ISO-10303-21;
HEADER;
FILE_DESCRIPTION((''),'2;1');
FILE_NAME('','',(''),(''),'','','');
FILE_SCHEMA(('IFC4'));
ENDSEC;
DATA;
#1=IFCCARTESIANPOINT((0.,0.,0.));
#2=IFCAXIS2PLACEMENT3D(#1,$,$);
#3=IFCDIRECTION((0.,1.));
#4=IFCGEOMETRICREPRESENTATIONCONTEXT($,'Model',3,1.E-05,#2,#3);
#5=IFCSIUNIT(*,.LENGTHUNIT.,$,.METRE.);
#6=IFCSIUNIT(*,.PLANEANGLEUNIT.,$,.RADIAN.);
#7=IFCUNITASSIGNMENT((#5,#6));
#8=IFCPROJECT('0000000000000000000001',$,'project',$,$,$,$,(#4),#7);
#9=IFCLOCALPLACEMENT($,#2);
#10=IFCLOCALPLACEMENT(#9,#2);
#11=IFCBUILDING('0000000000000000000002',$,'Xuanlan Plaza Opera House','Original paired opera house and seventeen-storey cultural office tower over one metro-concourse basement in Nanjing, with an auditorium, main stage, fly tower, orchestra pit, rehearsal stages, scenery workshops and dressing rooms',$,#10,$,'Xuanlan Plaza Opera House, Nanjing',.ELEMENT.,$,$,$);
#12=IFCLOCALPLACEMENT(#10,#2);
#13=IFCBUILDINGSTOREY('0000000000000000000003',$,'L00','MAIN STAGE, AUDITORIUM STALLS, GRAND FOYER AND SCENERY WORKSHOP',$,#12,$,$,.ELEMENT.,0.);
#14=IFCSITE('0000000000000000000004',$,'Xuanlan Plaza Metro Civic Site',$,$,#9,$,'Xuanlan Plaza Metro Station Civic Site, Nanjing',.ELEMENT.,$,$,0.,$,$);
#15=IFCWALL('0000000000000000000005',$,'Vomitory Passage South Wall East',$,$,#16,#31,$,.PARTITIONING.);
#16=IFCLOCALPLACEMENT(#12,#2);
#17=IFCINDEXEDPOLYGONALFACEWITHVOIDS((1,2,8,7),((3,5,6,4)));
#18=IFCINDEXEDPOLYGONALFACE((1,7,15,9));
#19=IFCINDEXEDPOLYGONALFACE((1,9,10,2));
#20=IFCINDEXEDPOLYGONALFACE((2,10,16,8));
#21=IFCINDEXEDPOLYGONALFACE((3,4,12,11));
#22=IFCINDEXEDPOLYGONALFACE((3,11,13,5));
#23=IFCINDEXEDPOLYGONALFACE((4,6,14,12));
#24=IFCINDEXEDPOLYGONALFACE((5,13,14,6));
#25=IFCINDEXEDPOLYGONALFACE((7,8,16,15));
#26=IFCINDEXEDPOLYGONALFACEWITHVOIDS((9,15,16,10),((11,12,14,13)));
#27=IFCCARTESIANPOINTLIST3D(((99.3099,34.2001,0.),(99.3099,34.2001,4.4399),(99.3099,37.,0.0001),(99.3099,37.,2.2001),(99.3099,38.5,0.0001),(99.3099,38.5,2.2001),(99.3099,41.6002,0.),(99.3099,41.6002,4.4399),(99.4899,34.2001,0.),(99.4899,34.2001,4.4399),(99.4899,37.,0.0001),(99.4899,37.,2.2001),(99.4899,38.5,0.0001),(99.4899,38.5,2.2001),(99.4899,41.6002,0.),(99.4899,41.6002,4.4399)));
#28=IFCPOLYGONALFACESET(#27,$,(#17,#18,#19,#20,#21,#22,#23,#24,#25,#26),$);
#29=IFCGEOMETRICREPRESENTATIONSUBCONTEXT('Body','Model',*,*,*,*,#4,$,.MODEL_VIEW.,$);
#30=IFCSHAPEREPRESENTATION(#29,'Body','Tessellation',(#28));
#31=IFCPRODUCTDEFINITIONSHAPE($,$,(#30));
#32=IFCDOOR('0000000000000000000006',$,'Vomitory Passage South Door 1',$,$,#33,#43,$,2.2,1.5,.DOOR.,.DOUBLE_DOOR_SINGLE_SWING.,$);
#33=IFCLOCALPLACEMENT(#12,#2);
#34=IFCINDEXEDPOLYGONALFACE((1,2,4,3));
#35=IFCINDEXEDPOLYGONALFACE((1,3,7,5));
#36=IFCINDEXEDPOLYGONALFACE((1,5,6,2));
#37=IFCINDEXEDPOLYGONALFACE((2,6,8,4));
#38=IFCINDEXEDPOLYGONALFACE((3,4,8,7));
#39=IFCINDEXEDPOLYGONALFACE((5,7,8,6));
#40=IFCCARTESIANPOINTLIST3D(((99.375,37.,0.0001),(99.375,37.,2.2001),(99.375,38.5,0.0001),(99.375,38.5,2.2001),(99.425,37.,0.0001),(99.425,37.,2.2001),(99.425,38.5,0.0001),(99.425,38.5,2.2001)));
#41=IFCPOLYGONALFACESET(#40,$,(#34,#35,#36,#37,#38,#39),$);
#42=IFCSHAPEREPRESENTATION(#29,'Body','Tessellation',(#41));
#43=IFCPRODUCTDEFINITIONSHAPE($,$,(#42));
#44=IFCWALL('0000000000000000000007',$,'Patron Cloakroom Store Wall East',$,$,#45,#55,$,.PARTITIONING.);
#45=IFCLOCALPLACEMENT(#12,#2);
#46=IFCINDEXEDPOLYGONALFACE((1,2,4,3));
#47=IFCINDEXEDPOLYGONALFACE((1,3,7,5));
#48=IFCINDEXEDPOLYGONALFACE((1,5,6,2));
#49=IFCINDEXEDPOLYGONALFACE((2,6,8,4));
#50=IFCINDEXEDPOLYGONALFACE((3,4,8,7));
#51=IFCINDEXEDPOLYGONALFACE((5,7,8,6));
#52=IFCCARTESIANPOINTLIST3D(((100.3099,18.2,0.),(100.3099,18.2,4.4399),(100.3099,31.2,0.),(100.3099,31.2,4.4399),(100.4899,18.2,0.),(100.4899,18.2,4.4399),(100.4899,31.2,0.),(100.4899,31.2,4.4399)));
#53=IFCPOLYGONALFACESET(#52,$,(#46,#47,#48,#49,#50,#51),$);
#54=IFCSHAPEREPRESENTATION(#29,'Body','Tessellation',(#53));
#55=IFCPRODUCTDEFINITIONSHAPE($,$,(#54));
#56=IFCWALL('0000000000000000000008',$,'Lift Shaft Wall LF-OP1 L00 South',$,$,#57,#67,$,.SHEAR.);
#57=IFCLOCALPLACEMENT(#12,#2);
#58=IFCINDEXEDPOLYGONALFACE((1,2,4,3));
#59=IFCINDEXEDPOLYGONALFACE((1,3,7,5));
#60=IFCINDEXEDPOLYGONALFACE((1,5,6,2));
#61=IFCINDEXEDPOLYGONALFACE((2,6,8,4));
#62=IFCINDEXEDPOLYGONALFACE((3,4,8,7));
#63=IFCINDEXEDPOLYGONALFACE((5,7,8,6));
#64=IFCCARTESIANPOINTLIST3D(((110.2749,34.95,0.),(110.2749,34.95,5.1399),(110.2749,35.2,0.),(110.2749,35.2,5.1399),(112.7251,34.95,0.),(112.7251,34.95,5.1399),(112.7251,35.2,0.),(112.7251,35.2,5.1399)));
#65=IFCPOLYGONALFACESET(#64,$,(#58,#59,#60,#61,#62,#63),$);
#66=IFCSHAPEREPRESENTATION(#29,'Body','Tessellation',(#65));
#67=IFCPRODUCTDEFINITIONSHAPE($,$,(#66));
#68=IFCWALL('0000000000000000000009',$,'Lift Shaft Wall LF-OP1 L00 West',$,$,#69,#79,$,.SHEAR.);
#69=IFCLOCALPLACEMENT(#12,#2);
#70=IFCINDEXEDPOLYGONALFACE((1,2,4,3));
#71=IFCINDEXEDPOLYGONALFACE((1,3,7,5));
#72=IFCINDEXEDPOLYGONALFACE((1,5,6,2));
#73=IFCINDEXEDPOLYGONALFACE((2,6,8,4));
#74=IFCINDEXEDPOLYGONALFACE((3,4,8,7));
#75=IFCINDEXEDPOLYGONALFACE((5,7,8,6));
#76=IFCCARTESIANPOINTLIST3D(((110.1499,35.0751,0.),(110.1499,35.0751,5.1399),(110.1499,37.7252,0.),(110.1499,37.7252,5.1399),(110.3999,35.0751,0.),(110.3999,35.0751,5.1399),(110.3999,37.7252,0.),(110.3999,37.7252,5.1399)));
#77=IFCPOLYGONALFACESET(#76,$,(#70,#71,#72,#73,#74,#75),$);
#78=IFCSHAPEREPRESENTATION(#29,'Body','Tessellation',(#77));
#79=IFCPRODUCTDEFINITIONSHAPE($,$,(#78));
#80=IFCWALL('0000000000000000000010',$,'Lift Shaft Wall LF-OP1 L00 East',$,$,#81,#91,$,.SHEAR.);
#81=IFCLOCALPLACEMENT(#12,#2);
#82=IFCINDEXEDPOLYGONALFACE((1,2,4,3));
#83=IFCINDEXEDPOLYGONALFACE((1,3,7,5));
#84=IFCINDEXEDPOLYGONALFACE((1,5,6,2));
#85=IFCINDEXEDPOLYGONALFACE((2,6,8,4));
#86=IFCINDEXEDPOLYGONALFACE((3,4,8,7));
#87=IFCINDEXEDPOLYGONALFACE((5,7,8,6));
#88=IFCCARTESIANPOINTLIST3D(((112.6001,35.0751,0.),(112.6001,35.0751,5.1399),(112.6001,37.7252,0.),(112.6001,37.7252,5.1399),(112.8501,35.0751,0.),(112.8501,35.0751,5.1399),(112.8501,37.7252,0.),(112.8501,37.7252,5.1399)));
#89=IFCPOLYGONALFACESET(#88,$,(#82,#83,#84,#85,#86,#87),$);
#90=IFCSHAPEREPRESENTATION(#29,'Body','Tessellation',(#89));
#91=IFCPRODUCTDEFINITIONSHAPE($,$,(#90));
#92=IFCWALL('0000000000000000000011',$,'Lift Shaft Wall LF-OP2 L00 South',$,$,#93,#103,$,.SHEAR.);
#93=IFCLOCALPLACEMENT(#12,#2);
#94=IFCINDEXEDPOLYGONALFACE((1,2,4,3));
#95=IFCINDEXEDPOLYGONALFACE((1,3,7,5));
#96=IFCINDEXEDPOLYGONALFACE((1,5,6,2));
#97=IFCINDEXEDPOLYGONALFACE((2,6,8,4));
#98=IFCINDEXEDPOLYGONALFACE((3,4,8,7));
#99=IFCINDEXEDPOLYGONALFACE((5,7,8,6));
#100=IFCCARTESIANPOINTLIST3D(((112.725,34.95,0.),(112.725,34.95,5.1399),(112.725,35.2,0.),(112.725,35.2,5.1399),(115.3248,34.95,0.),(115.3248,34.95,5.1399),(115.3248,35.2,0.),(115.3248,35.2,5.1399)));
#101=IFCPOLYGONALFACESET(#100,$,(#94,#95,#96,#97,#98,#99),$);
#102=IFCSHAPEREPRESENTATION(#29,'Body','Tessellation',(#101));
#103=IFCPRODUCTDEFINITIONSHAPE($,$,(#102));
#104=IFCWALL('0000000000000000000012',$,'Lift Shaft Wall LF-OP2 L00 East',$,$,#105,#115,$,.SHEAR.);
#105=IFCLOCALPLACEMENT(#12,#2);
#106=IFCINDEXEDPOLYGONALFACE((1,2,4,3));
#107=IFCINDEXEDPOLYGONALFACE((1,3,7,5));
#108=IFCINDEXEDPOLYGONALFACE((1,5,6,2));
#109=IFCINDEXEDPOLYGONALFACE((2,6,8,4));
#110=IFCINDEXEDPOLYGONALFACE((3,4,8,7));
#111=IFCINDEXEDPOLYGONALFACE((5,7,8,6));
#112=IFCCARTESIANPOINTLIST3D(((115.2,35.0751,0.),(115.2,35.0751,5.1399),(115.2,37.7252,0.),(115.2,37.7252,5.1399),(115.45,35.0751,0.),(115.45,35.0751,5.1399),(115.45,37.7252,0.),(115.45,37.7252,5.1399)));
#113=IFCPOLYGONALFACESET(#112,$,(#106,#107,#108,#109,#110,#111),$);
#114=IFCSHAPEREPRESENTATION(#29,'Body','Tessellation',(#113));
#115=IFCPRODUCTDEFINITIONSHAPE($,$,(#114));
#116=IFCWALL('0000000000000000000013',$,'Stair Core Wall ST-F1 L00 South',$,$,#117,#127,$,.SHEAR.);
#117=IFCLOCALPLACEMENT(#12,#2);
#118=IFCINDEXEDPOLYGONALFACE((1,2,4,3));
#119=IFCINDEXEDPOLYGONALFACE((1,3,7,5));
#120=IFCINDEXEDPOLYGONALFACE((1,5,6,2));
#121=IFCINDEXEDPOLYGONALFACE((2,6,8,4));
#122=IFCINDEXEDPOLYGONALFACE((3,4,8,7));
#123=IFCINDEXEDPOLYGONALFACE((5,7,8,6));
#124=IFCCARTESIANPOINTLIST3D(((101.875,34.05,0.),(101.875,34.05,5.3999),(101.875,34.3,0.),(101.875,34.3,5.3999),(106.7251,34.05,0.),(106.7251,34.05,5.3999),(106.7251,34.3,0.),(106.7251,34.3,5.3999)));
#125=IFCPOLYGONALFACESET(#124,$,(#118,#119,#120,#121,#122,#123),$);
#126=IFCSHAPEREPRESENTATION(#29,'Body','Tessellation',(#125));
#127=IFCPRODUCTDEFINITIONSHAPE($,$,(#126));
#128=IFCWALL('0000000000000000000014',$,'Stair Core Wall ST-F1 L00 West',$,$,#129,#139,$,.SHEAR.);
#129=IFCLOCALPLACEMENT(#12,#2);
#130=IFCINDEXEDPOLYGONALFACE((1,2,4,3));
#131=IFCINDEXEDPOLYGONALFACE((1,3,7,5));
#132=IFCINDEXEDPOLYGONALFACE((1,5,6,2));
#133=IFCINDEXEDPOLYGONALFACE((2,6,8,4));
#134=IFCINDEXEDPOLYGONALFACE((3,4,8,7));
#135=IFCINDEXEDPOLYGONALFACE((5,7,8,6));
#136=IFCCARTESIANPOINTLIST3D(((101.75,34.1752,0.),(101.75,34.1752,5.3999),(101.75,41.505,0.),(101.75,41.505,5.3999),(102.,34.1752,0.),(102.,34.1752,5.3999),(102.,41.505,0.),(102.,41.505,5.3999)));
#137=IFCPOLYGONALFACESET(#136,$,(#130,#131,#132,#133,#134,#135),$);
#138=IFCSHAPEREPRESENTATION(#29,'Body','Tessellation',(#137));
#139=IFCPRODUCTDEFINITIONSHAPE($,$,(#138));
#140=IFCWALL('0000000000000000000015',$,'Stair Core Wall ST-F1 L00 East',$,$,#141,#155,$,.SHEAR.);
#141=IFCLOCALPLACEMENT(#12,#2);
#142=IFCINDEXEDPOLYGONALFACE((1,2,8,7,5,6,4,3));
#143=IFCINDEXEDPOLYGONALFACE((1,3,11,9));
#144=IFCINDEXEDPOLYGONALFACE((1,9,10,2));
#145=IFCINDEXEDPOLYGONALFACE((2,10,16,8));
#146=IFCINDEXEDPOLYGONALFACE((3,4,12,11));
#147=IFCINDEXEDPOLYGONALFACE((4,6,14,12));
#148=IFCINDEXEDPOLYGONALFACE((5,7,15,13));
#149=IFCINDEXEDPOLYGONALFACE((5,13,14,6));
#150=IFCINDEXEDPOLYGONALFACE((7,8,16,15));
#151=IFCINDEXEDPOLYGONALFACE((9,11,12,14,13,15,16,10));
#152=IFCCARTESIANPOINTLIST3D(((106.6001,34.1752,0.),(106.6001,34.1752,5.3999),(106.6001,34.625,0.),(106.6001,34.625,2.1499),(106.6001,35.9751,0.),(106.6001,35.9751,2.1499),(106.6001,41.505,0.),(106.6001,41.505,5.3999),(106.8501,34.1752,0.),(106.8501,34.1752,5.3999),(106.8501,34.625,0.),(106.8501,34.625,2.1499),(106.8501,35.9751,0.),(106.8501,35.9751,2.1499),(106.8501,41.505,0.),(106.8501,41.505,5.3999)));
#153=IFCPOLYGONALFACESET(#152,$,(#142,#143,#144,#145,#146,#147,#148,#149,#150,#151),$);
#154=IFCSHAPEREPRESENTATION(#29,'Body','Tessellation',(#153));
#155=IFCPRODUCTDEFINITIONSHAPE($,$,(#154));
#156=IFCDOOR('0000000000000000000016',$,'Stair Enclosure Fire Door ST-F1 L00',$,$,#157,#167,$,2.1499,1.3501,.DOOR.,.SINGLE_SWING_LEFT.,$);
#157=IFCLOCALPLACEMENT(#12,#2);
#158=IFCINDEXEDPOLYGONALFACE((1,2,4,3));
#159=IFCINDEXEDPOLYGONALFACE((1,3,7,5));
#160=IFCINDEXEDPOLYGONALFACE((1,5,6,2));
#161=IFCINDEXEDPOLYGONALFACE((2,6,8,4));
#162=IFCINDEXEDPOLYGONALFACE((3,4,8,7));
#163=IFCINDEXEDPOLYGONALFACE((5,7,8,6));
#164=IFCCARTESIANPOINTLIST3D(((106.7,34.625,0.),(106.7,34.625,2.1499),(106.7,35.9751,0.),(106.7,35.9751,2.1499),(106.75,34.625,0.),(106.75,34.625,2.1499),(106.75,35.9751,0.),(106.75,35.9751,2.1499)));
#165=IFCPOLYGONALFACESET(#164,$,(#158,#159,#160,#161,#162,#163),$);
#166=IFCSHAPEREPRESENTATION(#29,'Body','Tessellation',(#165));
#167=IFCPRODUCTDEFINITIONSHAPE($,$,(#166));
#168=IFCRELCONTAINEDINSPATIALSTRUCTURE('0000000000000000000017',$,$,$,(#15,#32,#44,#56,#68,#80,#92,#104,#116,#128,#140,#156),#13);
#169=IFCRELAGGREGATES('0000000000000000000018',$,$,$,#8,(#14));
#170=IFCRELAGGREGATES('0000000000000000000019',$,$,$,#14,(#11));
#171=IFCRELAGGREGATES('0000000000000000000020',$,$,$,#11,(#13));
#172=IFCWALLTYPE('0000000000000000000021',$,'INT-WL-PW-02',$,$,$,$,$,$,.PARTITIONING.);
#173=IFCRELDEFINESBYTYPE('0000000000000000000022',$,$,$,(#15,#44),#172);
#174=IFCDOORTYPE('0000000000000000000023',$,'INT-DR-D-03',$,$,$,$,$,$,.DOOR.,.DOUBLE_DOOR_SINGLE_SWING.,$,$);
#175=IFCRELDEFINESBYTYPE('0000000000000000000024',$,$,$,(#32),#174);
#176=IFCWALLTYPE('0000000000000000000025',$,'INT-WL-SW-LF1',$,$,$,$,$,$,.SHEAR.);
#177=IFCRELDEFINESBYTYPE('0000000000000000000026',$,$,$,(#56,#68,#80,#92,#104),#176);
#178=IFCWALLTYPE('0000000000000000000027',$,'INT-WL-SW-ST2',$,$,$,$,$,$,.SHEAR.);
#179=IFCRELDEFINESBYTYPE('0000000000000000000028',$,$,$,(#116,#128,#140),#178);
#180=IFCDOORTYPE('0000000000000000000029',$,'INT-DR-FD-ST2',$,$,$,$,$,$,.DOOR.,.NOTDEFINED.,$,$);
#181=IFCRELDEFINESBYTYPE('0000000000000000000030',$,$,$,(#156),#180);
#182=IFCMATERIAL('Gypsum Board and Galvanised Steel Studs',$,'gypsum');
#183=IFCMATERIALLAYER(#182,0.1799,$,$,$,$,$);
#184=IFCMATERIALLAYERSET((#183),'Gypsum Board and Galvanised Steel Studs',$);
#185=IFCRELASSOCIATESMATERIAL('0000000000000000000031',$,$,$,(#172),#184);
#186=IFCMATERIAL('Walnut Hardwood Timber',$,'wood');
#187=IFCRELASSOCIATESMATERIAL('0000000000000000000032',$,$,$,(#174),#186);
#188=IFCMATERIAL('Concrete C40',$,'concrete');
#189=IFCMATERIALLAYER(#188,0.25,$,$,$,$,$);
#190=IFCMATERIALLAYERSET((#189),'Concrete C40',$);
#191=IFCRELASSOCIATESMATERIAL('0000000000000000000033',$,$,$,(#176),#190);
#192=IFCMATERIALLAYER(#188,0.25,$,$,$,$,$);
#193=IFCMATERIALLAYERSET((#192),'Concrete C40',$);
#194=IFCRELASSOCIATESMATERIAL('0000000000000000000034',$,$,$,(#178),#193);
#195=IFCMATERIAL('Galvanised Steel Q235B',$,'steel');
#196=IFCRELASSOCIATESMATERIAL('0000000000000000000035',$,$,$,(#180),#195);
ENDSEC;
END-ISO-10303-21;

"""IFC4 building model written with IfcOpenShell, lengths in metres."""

from ifc_helpers import new_model, si_unit, direction, frame, frame_2d, origin, place, context, subcontext, project, spatial, rectangle, extrude, material, layer, layer_set, type_object, element, fill, save


model = new_model("IFC4")

# Units and contexts
model_context = context("Model", 3, precision=1e-05, world=origin(), true_north=direction((0.0, 1.0)))
body_context = subcontext(model_context, "Body", "Model", "MODEL_VIEW")
ifc_project = project(units=[si_unit("LENGTHUNIT", "METRE"), si_unit("PLANEANGLEUNIT", "RADIAN")], contexts=[model_context])

# Site, building, storey
site_placement = place(None, origin())
site = spatial("IfcSite", under=ifc_project, at=site_placement, Name="Xuanlan Plaza Metro Civic Site", LongName="Xuanlan Plaza Metro Station Civic Site, Nanjing", CompositionType="ELEMENT", RefElevation=0.0)
building_placement = place(site_placement, origin())
building = spatial("IfcBuilding", under=site, at=building_placement, Name="Xuanlan Plaza Opera House", Description="Original paired opera house and seventeen-storey cultural office tower over one metro-concourse basement in Nanjing, with an auditorium, main stage, fly tower, orchestra pit, rehearsal stages, scenery workshops and dressing rooms", LongName="Xuanlan Plaza Opera House, Nanjing", CompositionType="ELEMENT")
storey_placement = place(building_placement, origin())
storey = spatial("IfcBuildingStorey", under=building, at=storey_placement, Name="L00", Description="MAIN STAGE, AUDITORIUM STALLS, GRAND FOYER AND SCENERY WORKSHOP", CompositionType="ELEMENT", Elevation=0.0)

# Shared definitions
ifc_material_1 = material(Name="Concrete C40", Category="concrete")

# Shared definitions
ifc_material_2 = material(Name="Gypsum Board and Galvanised Steel Studs", Category="gypsum")
ifc_layer_1 = layer(ifc_material_2, 0.1799)
ifc_layer_set_1 = layer_set([ifc_layer_1], Name="Gypsum Board and Galvanised Steel Studs")
wall_type_1 = type_object("IfcWallType", Name="INT-WL-PW-02", PredefinedType="PARTITIONING", material=ifc_layer_set_1)

# Wall, opening, door
wall_1_placement = place(storey_placement, frame((99.3999, 34.2, 0.0), z_axis=(0.0, 0.0, 1.0), x_axis=(0.0, 1.0, 0.0)))
wall_1 = element("IfcWall", 1, at=wall_1_placement, inside=storey, type_object=wall_type_1, Name="Vomitory Passage South Wall East", PredefinedType="PARTITIONING", context=body_context, shape_type="SweptSolid", body=[
    extrude(rectangle(XDim=7.4001, YDim=0.1799, at=frame_2d((3.7002, 0.0))), origin(), (0.0, 0.0, 1.0), 4.4399),
])
opening_1_placement = place(wall_1_placement, frame((2.8, 0.0, 0.0)))
opening_1 = element("IfcOpeningElement", 2, at=opening_1_placement, cuts=wall_1, PredefinedType="OPENING", context=body_context, shape_type="SweptSolid", body=[
    extrude(rectangle(XDim=1.5, YDim=2.2, at=frame_2d((0.75, 1.1001))), frame((0.0, 0.0999, 0.0), z_axis=(0.0, -1.0, 0.0), x_axis=(1.0, 0.0, 0.0)), (0.0, 0.0, 1.0), 0.2),
])
ifc_material_3 = material(Name="Walnut Hardwood Timber", Category="wood")
door_type_1 = type_object("IfcDoorType", Name="INT-DR-D-03", OperationType="DOUBLE_DOOR_SINGLE_SWING", PredefinedType="DOOR", material=ifc_material_3)
door_1_placement = place(opening_1_placement, origin())
door_1 = element("IfcDoor", 3, at=door_1_placement, inside=storey, type_object=door_type_1, Name="Vomitory Passage South Door 1", OperationType="DOUBLE_DOOR_SINGLE_SWING", OverallHeight=2.2, OverallWidth=1.5, PredefinedType="DOOR", context=body_context, shape_type="SweptSolid", body=[
    extrude(rectangle(XDim=1.5, YDim=2.2, at=frame_2d((0.75, 1.1001))), frame((0.0, 0.0249, 0.0), z_axis=(0.0, -1.0, 0.0), x_axis=(1.0, 0.0, 0.0)), (0.0, 0.0, 1.0), 0.05),
])
fill(opening_1, door_1)

# Walls
wall_2_placement = place(storey_placement, frame((100.3999, 18.2, 0.0), z_axis=(0.0, 0.0, 1.0), x_axis=(0.0, 1.0, 0.0)))
element("IfcWall", 4, at=wall_2_placement, inside=storey, type_object=wall_type_1, Name="Patron Cloakroom Store Wall East", PredefinedType="PARTITIONING", context=body_context, shape_type="SweptSolid", body=[
    extrude(rectangle(XDim=13.0, YDim=0.1799, at=frame_2d((6.5, 0.0))), origin(), (0.0, 0.0, 1.0), 4.4399),
])
ifc_layer_2 = layer(ifc_material_1, 0.25)
ifc_layer_set_2 = layer_set([ifc_layer_2], Name="Concrete C40")
wall_type_2 = type_object("IfcWallType", Name="INT-WL-SW-LF1", PredefinedType="SHEAR", material=ifc_layer_set_2)
wall_3_placement = place(storey_placement, frame((110.2749, 35.075, 0.0), z_axis=(0.0, 0.0, 1.0), x_axis=(1.0, 0.0, 0.0)))
element("IfcWall", 5, at=wall_3_placement, inside=storey, type_object=wall_type_2, Name="Lift Shaft Wall LF-OP1 L00 South", PredefinedType="SHEAR", context=body_context, shape_type="SweptSolid", body=[
    extrude(rectangle(XDim=2.4502, YDim=0.25, at=frame_2d((1.2251, 0.0))), origin(), (0.0, 0.0, 1.0), 5.1399),
])
for number, where, z_axis, x_axis, name in (
    (6, (110.2749, 35.075, 0.0), (0.0, 0.0, 1.0), (0.0, 1.0, 0.0), "Lift Shaft Wall LF-OP1 L00 West"),
    (7, (112.7251, 35.075, 0.0), (0.0, 0.0, 1.0), (0.0, 1.0, 0.0), "Lift Shaft Wall LF-OP1 L00 East"),
):
    element("IfcWall", number, at=place(storey_placement, frame(where, z_axis=z_axis, x_axis=x_axis)), inside=storey, type_object=wall_type_2, Name=name, PredefinedType="SHEAR", context=body_context, shape_type="SweptSolid", body=[
        extrude(rectangle(XDim=2.6501, YDim=0.25, at=frame_2d((1.3252, 0.0))), origin(), (0.0, 0.0, 1.0), 5.1399),
    ])
wall_4_placement = place(storey_placement, frame((112.7251, 35.075, 0.0), z_axis=(0.0, 0.0, 1.0), x_axis=(1.0, 0.0, 0.0)))
element("IfcWall", 8, at=wall_4_placement, inside=storey, type_object=wall_type_2, Name="Lift Shaft Wall LF-OP2 L00 South", PredefinedType="SHEAR", context=body_context, shape_type="SweptSolid", body=[
    extrude(rectangle(XDim=2.5999, YDim=0.25, at=frame_2d((1.2998, 0.0))), origin(), (0.0, 0.0, 1.0), 5.1399),
])
wall_5_placement = place(storey_placement, frame((115.325, 35.075, 0.0), z_axis=(0.0, 0.0, 1.0), x_axis=(0.0, 1.0, 0.0)))
element("IfcWall", 9, at=wall_5_placement, inside=storey, type_object=wall_type_2, Name="Lift Shaft Wall LF-OP2 L00 East", PredefinedType="SHEAR", context=body_context, shape_type="SweptSolid", body=[
    extrude(rectangle(XDim=2.6501, YDim=0.25, at=frame_2d((1.3252, 0.0))), origin(), (0.0, 0.0, 1.0), 5.1399),
])
ifc_layer_3 = layer(ifc_material_1, 0.25)
ifc_layer_set_3 = layer_set([ifc_layer_3], Name="Concrete C40")
wall_type_3 = type_object("IfcWallType", Name="INT-WL-SW-ST2", PredefinedType="SHEAR", material=ifc_layer_set_3)
wall_6_placement = place(storey_placement, frame((101.875, 34.175, 0.0), z_axis=(0.0, 0.0, 1.0), x_axis=(1.0, 0.0, 0.0)))
element("IfcWall", 10, at=wall_6_placement, inside=storey, type_object=wall_type_3, Name="Stair Core Wall ST-F1 L00 South", PredefinedType="SHEAR", context=body_context, shape_type="SweptSolid", body=[
    extrude(rectangle(XDim=4.8501, YDim=0.25, at=frame_2d((2.425, 0.0))), origin(), (0.0, 0.0, 1.0), 5.3999),
])
wall_7_placement = place(storey_placement, frame((101.875, 34.175, 0.0), z_axis=(0.0, 0.0, 1.0), x_axis=(0.0, 1.0, 0.0)))
element("IfcWall", 11, at=wall_7_placement, inside=storey, type_object=wall_type_3, Name="Stair Core Wall ST-F1 L00 West", PredefinedType="SHEAR", context=body_context, shape_type="SweptSolid", body=[
    extrude(rectangle(XDim=7.3298, YDim=0.25, at=frame_2d((3.665, 0.0))), origin(), (0.0, 0.0, 1.0), 5.3999),
])

# Wall, opening, door
wall_8_placement = place(storey_placement, frame((106.7251, 34.175, 0.0), z_axis=(0.0, 0.0, 1.0), x_axis=(0.0, 1.0, 0.0)))
wall_8 = element("IfcWall", 12, at=wall_8_placement, inside=storey, type_object=wall_type_3, Name="Stair Core Wall ST-F1 L00 East", PredefinedType="SHEAR", context=body_context, shape_type="SweptSolid", body=[
    extrude(rectangle(XDim=7.3298, YDim=0.25, at=frame_2d((3.665, 0.0))), origin(), (0.0, 0.0, 1.0), 5.3999),
])
opening_2_placement = place(wall_8_placement, frame((0.45, 0.0, 0.0)))
opening_2 = element("IfcOpeningElement", 13, at=opening_2_placement, cuts=wall_8, PredefinedType="OPENING", context=body_context, shape_type="SweptSolid", body=[
    extrude(rectangle(XDim=1.3501, YDim=2.1499, at=frame_2d((0.675, 1.075))), frame((0.0, 0.135, 0.0), z_axis=(0.0, -1.0, 0.0), x_axis=(1.0, 0.0, 0.0)), (0.0, 0.0, 1.0), 0.27),
])
ifc_material_4 = material(Name="Galvanised Steel Q235B", Category="steel")
door_type_2 = type_object("IfcDoorType", Name="INT-DR-FD-ST2", OperationType="NOTDEFINED", PredefinedType="DOOR", material=ifc_material_4)
door_2_placement = place(opening_2_placement, frame((1.3501, 0.0, 0.0), z_axis=(0.0, 0.0, 1.0), x_axis=(-1.0, 0.0, 0.0)))
door_2 = element("IfcDoor", 14, at=door_2_placement, inside=storey, type_object=door_type_2, Name="Stair Enclosure Fire Door ST-F1 L00", OperationType="SINGLE_SWING_LEFT", OverallHeight=2.1499, OverallWidth=1.3501, PredefinedType="DOOR", context=body_context, shape_type="SweptSolid", body=[
    extrude(rectangle(XDim=1.3501, YDim=2.1499, at=frame_2d((0.675, 1.075))), frame((0.0, 0.0249, 0.0), z_axis=(0.0, -1.0, 0.0), x_axis=(1.0, 0.0, 0.0)), (0.0, 0.0, 1.0), 0.05),
])
fill(opening_2, door_2)

save(model, "model.ifc")
